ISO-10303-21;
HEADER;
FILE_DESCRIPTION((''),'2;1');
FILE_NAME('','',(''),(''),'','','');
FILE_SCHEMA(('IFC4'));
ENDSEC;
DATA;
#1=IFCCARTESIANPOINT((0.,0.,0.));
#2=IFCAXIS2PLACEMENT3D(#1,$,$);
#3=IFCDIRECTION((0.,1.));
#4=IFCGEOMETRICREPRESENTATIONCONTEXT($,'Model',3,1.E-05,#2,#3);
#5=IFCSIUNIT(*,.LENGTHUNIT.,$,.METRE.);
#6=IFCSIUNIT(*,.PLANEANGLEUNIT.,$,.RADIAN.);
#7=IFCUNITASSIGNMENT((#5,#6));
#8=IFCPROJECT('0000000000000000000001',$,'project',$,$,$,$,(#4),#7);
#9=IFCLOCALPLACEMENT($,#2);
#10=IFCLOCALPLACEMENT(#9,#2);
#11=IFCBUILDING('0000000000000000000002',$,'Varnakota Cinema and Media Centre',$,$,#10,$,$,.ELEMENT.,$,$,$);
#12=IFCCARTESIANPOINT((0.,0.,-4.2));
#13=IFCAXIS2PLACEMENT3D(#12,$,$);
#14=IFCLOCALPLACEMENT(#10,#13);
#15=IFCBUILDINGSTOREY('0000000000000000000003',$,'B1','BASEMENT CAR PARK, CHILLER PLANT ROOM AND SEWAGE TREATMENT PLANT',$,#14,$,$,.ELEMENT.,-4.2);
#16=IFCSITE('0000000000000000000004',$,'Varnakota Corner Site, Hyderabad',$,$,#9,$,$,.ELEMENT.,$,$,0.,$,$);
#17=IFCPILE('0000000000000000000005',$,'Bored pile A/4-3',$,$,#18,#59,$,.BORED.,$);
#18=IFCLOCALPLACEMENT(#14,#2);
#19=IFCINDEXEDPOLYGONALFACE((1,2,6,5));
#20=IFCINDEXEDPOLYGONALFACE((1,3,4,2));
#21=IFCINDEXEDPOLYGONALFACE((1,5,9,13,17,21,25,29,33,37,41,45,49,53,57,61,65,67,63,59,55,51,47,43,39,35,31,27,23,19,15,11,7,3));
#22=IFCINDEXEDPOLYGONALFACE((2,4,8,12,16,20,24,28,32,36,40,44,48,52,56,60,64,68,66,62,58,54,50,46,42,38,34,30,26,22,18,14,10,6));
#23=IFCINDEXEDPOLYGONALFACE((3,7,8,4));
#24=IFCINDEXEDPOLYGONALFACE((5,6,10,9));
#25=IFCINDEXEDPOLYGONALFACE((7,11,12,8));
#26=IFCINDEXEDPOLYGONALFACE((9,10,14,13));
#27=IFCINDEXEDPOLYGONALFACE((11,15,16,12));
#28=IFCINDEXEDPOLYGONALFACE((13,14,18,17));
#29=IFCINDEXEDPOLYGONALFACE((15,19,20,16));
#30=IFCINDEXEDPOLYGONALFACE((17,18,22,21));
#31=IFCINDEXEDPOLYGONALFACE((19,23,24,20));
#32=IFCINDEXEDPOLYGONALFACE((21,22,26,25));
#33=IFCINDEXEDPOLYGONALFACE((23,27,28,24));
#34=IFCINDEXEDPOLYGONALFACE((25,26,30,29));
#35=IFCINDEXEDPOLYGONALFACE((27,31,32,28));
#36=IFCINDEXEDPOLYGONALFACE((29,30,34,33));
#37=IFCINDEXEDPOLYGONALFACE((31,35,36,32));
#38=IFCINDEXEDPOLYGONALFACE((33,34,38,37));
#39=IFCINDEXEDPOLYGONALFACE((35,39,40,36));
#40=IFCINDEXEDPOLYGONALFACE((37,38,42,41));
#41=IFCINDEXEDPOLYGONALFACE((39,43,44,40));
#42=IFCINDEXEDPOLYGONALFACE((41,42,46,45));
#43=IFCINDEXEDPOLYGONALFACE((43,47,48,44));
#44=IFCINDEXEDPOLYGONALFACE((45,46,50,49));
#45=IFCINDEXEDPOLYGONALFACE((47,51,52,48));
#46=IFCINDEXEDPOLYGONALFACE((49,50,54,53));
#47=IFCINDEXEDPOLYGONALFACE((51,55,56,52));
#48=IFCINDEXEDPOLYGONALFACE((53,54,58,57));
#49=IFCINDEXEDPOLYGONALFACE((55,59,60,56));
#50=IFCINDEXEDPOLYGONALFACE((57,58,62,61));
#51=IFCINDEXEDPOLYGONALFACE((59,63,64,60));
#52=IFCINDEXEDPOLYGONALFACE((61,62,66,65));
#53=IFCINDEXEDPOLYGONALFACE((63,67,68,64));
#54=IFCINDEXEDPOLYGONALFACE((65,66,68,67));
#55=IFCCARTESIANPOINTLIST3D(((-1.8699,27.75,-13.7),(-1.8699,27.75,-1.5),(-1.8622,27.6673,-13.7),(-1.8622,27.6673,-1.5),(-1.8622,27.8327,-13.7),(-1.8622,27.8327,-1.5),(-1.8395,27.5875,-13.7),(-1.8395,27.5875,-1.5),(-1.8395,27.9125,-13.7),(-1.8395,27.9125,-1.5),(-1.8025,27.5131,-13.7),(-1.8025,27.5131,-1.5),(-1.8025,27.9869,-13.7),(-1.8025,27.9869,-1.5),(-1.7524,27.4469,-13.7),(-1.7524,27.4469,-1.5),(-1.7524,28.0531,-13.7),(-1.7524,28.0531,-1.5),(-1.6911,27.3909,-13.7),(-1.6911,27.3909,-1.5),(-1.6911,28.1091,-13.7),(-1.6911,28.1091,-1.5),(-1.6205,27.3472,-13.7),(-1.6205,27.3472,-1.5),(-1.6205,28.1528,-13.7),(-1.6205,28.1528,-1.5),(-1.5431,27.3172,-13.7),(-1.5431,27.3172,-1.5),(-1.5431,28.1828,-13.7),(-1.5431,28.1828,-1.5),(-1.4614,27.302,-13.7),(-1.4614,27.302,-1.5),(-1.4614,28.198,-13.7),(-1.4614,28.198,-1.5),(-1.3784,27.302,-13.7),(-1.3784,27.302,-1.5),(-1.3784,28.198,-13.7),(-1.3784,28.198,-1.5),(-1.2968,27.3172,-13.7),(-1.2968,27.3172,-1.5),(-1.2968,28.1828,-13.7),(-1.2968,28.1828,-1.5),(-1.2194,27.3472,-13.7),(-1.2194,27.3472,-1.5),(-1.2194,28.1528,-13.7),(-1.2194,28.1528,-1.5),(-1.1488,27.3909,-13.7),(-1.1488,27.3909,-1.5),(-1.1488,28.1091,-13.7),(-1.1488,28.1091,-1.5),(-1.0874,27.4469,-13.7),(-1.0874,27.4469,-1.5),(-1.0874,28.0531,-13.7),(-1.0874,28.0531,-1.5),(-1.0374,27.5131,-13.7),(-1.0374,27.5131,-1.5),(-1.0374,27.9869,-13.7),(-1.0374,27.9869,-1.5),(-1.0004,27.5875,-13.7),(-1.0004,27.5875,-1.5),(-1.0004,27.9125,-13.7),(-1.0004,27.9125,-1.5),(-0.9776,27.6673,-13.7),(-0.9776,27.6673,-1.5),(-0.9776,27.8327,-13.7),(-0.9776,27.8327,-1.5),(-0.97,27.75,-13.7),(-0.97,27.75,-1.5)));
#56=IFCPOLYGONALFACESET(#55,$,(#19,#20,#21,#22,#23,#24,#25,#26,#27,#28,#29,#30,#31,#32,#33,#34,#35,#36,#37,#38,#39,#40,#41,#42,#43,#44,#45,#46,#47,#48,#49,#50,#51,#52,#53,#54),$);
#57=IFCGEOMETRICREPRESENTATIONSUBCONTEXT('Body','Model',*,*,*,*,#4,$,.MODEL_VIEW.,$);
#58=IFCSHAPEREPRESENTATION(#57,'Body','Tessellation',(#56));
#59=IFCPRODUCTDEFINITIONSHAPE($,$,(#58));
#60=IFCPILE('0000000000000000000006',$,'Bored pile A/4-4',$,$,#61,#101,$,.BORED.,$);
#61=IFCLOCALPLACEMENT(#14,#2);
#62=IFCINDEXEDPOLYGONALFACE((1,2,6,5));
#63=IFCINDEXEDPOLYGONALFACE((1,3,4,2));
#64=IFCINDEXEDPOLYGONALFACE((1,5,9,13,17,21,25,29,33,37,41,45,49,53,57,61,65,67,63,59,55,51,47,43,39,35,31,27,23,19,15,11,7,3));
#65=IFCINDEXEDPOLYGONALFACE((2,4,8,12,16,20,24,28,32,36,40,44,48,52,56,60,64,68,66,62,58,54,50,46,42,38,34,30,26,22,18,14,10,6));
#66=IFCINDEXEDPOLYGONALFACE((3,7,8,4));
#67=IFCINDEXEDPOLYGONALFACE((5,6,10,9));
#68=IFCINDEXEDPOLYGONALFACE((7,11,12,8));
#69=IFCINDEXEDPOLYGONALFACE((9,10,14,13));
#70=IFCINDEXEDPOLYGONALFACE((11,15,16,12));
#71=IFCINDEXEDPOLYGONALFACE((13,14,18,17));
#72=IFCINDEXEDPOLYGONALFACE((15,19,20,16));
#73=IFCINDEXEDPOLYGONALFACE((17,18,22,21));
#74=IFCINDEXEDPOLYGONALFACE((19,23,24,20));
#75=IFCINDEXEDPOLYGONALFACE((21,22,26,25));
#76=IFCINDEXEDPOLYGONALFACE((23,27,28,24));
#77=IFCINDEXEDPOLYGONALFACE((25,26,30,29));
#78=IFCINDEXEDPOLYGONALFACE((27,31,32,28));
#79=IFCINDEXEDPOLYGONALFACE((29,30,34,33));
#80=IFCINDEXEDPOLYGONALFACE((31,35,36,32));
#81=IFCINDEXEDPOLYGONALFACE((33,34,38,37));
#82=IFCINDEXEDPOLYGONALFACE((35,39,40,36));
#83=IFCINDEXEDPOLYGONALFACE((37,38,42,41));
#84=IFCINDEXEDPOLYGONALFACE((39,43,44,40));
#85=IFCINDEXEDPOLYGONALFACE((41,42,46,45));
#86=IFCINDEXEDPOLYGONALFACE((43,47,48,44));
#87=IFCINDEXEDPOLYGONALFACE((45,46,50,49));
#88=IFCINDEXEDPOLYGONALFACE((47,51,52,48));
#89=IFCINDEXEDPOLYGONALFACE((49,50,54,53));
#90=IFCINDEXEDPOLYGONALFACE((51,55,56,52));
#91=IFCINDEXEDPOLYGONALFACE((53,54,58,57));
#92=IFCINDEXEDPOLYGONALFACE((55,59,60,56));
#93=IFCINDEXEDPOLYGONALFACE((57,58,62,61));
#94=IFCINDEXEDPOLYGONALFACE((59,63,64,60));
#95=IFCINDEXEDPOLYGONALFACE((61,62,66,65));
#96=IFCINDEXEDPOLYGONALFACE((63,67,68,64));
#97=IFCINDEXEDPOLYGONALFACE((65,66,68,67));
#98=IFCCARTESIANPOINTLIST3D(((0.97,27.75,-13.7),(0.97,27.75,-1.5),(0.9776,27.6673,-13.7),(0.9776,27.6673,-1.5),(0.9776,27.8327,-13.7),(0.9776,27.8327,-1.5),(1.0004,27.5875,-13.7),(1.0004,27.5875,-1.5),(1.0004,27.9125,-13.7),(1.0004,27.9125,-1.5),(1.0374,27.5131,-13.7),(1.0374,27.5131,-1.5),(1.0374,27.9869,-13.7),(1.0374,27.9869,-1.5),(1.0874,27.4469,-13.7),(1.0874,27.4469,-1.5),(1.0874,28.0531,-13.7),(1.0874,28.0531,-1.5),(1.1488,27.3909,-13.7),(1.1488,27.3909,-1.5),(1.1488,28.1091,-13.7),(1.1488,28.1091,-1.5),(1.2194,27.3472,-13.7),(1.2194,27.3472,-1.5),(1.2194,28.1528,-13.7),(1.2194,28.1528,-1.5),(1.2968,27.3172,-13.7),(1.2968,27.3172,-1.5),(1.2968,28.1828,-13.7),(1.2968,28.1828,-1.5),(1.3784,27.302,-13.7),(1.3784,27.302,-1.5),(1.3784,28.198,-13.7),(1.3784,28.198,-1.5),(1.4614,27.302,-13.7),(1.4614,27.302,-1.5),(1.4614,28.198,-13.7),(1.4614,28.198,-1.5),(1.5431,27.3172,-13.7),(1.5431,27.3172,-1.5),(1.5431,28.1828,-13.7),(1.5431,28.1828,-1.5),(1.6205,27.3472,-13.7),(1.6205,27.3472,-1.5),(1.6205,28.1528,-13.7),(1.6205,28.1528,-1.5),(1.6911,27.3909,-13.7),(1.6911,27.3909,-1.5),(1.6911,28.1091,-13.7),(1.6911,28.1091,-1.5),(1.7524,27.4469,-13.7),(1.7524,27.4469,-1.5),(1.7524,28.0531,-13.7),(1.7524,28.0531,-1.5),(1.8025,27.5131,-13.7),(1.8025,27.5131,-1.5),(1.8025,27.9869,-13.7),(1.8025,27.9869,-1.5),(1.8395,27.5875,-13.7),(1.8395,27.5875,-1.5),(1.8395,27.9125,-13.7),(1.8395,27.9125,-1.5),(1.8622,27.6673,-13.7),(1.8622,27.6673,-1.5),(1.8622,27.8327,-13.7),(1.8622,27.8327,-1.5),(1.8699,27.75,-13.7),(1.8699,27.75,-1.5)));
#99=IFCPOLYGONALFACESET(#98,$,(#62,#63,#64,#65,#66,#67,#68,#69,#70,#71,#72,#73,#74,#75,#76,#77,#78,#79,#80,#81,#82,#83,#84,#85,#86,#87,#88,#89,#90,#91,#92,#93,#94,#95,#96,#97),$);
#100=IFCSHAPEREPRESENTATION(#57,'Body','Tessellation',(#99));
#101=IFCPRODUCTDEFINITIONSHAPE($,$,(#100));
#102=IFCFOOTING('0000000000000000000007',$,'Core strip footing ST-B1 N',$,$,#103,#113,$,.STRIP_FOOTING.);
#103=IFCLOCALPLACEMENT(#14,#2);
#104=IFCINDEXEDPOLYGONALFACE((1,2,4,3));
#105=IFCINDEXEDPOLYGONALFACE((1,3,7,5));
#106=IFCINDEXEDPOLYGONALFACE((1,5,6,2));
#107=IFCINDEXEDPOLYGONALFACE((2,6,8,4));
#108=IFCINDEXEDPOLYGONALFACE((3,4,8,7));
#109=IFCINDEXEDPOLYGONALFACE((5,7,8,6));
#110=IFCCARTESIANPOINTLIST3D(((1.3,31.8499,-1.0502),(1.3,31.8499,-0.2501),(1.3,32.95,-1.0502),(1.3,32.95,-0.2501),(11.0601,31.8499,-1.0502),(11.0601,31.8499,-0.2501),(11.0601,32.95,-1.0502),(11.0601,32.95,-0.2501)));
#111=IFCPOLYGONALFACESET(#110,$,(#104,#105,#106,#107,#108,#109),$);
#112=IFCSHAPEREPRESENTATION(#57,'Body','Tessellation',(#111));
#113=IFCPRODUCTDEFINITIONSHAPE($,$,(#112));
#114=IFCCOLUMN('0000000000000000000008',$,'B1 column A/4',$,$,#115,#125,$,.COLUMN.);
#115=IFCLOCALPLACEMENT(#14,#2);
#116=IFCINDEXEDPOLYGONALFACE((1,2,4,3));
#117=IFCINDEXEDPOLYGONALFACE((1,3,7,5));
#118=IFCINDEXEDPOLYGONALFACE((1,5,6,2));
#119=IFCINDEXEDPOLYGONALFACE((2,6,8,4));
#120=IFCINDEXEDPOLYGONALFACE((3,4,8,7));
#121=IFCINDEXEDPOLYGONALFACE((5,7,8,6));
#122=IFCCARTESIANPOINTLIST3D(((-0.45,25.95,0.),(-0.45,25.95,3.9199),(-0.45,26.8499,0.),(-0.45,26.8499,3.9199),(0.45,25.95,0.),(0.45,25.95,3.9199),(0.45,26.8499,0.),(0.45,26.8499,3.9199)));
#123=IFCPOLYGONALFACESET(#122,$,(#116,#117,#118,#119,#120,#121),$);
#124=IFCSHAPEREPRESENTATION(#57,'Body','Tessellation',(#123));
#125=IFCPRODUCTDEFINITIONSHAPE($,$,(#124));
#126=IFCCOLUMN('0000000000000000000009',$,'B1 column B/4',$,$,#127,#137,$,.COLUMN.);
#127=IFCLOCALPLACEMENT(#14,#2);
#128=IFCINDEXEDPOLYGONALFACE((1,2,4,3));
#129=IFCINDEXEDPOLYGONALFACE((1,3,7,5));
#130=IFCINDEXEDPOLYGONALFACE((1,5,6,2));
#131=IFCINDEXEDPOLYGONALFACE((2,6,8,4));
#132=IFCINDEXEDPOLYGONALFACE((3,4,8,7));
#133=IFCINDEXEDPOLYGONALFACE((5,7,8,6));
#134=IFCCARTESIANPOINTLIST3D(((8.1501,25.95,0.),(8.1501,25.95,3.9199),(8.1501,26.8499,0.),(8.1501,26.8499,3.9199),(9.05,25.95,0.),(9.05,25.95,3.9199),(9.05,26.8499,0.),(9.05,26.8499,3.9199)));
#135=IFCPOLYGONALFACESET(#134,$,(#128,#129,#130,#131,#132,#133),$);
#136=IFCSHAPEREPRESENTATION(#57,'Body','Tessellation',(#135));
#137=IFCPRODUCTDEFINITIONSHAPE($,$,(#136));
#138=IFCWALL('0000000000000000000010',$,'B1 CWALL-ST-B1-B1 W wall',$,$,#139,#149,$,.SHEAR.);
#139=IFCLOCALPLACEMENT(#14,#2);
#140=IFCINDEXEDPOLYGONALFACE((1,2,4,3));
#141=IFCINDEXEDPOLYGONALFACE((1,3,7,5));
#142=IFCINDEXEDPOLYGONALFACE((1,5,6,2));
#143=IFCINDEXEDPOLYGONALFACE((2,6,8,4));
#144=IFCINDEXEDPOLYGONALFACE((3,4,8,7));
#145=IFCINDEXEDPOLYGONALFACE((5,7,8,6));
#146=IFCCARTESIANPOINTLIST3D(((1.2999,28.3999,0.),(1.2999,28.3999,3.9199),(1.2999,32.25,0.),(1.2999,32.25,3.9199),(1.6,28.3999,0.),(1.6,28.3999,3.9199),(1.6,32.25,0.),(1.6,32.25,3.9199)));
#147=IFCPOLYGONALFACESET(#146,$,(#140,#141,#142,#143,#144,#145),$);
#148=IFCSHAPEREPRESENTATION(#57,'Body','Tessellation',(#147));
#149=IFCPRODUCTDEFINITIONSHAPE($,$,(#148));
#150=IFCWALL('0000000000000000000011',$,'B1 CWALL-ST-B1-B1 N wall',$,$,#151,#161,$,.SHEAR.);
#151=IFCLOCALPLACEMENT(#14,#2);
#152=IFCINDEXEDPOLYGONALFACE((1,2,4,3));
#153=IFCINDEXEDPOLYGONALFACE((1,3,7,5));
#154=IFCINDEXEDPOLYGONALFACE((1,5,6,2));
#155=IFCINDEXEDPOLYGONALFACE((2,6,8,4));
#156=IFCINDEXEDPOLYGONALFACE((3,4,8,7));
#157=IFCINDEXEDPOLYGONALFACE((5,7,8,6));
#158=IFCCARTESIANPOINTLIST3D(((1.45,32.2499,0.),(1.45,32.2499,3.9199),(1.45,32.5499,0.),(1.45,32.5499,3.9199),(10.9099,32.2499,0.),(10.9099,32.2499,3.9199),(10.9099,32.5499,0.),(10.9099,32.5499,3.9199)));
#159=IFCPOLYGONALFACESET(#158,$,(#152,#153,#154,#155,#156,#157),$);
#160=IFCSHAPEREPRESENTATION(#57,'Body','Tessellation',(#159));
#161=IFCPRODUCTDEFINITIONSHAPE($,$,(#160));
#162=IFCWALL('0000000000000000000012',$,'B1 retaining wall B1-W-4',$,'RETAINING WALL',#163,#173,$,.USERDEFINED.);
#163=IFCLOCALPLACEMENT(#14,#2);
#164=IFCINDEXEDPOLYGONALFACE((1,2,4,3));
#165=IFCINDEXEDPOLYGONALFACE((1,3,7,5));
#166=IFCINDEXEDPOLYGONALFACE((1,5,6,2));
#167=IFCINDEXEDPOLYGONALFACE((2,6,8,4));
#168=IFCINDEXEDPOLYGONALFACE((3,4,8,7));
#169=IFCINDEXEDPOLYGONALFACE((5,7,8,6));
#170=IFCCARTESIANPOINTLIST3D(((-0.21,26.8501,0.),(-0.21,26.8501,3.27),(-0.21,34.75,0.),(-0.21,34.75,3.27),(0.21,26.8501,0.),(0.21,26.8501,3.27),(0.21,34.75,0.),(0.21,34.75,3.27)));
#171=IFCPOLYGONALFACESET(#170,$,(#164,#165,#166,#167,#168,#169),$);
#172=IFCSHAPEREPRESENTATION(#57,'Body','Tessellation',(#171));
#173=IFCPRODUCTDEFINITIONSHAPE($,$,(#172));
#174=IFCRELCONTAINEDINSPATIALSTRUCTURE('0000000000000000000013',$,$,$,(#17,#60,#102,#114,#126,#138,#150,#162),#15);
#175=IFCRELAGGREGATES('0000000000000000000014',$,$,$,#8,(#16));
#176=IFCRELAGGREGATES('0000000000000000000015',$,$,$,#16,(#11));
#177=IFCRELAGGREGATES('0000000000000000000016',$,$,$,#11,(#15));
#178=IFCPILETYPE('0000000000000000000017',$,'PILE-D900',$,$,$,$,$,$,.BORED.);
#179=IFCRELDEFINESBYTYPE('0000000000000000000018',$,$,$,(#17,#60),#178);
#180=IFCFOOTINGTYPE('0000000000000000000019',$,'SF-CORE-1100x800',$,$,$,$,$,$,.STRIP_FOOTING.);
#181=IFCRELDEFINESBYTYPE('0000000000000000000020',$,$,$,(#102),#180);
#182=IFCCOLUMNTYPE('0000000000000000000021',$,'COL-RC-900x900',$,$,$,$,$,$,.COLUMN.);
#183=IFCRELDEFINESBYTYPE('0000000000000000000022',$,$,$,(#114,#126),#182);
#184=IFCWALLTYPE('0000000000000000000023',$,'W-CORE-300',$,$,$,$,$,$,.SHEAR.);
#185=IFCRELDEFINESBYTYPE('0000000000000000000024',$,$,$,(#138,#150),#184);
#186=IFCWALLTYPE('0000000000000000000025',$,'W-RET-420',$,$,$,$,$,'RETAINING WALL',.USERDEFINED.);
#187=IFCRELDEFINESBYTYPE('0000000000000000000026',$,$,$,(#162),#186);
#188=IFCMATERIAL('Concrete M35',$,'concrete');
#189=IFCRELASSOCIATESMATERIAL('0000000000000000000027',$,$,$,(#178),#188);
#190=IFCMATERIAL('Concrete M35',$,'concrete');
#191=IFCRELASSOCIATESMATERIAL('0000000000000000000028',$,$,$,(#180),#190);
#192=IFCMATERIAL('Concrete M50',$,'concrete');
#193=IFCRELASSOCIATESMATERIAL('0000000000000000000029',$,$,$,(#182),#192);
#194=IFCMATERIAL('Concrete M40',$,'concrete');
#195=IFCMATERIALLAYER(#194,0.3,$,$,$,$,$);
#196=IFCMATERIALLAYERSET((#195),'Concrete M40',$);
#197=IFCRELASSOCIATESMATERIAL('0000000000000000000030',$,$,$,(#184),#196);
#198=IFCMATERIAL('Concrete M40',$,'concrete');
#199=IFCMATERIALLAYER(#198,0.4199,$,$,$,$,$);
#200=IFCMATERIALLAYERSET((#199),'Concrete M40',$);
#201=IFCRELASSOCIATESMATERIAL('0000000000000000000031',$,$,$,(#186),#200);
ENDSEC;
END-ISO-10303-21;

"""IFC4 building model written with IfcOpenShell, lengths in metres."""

from ifc_helpers import new_model, si_unit, direction, frame, frame_2d, origin, origin_2d, place, context, subcontext, project, spatial, rectangle, circle, extrude, material, layer, layer_set, material_profile, profile_set, type_object, element, save


model = new_model("IFC4")

# Units and contexts
model_context = context("Model", 3, precision=1e-05, world=origin(), true_north=direction((0.0, 1.0)))
body_context = subcontext(model_context, "Body", "Model", "MODEL_VIEW")
ifc_project = project(units=[si_unit("LENGTHUNIT", "METRE"), si_unit("PLANEANGLEUNIT", "RADIAN")], contexts=[model_context])

# Site, building, storey
site_placement = place(None, origin())
site = spatial("IfcSite", under=ifc_project, at=site_placement, Name="Varnakota Corner Site, Hyderabad", CompositionType="ELEMENT", RefElevation=0.0)
building_placement = place(site_placement, origin())
building = spatial("IfcBuilding", under=site, at=building_placement, Name="Varnakota Cinema and Media Centre", CompositionType="ELEMENT")
storey_placement = place(building_placement, frame((0.0, 0.0, -4.2)))
storey = spatial("IfcBuildingStorey", under=building, at=storey_placement, Name="B1", Description="BASEMENT CAR PARK, CHILLER PLANT ROOM AND SEWAGE TREATMENT PLANT", CompositionType="ELEMENT", Elevation=-4.2)

# Piles
ifc_material_1 = material(Name="Concrete M35", Category="concrete")
ifc_material_profile_1 = material_profile(ifc_material_1, circle(Radius=0.45, at=origin_2d()), Name="PILE D900")
ifc_profile_set_1 = profile_set([ifc_material_profile_1], Name="Concrete M35")
pile_type_1 = type_object("IfcPileType", Name="PILE-D900", PredefinedType="BORED", material=ifc_profile_set_1)
for number, where, z_axis, x_axis, name in (
    (1, (-1.4199, 27.75, -1.5), (0.0, 0.0, -1.0), (1.0, 0.0, 0.0), "Bored pile A/4-3"),
    (2, (1.4199, 27.75, -1.5), (0.0, 0.0, -1.0), (1.0, 0.0, 0.0), "Bored pile A/4-4"),
):
    element("IfcPile", number, at=place(storey_placement, frame(where, z_axis=z_axis, x_axis=x_axis)), inside=storey, type_object=pile_type_1, Name=name, PredefinedType="BORED", context=body_context, shape_type="SweptSolid", body=[
        extrude(circle(Radius=0.45, at=origin_2d()), origin(), (0.0, 0.0, 1.0), 12.2),
    ])

# Footing
ifc_material_2 = material(Name="Concrete M35", Category="concrete")
ifc_material_profile_2 = material_profile(ifc_material_2, rectangle(XDim=1.1001, YDim=0.8, at=origin_2d()), Name="SF 1100x800")
ifc_profile_set_2 = profile_set([ifc_material_profile_2], Name="Concrete M35")
footing_type_1 = type_object("IfcFootingType", Name="SF-CORE-1100x800", PredefinedType="STRIP_FOOTING", material=ifc_profile_set_2)
footing_1_placement = place(storey_placement, frame((1.3, 32.3999, -0.6501), z_axis=(1.0, 0.0, 0.0), x_axis=(0.0, 1.0, 0.0)))
element("IfcFooting", 3, at=footing_1_placement, inside=storey, type_object=footing_type_1, Name="Core strip footing ST-B1 N", PredefinedType="STRIP_FOOTING", context=body_context, shape_type="SweptSolid", body=[
    extrude(rectangle(XDim=1.1001, YDim=0.8, at=origin_2d()), origin(), (0.0, 0.0, 1.0), 9.76),
])

# Columns
ifc_material_3 = material(Name="Concrete M50", Category="concrete")
ifc_material_profile_3 = material_profile(ifc_material_3, rectangle(XDim=0.8999, YDim=0.8999, at=origin_2d()), Name="RC 900x900")
ifc_profile_set_3 = profile_set([ifc_material_profile_3], Name="Concrete M50")
column_type = type_object("IfcColumnType", Name="COL-RC-900x900", PredefinedType="COLUMN", material=ifc_profile_set_3)
for number, where, z_axis, x_axis, name in (
    (4, (0.0, 26.3999, 0.0), (0.0, 0.0, 1.0), (1.0, 0.0, 0.0), "B1 column A/4"),
    (5, (8.6001, 26.3999, 0.0), (0.0, 0.0, 1.0), (1.0, 0.0, 0.0), "B1 column B/4"),
):
    element("IfcColumn", number, at=place(storey_placement, frame(where, z_axis=z_axis, x_axis=x_axis)), inside=storey, type_object=column_type, Name=name, PredefinedType="COLUMN", context=body_context, shape_type="SweptSolid", body=[
        extrude(rectangle(XDim=0.8999, YDim=0.8999, at=origin_2d()), origin(), (0.0, 0.0, 1.0), 3.9199),
    ])

# Walls
ifc_material_4 = material(Name="Concrete M40", Category="concrete")
ifc_layer_1 = layer(ifc_material_4, 0.3)
ifc_layer_set_1 = layer_set([ifc_layer_1], Name="Concrete M40")
wall_type_1 = type_object("IfcWallType", Name="W-CORE-300", PredefinedType="SHEAR", material=ifc_layer_set_1)
wall_1_placement = place(storey_placement, frame((1.45, 28.3999, 0.0), z_axis=(0.0, 0.0, 1.0), x_axis=(0.0, 1.0, 0.0)))
element("IfcWall", 6, at=wall_1_placement, inside=storey, type_object=wall_type_1, Name="B1 CWALL-ST-B1-B1 W wall", PredefinedType="SHEAR", context=body_context, shape_type="SweptSolid", body=[
    extrude(rectangle(XDim=3.8501, YDim=0.3, at=frame_2d((1.925, 0.0))), origin(), (0.0, 0.0, 1.0), 3.9199),
])
wall_2_placement = place(storey_placement, frame((1.45, 32.3999, 0.0), z_axis=(0.0, 0.0, 1.0), x_axis=(1.0, 0.0, 0.0)))
element("IfcWall", 7, at=wall_2_placement, inside=storey, type_object=wall_type_1, Name="B1 CWALL-ST-B1-B1 N wall", PredefinedType="SHEAR", context=body_context, shape_type="SweptSolid", body=[
    extrude(rectangle(XDim=9.46, YDim=0.3, at=frame_2d((4.73, 0.0))), origin(), (0.0, 0.0, 1.0), 3.9199),
])
ifc_material_5 = material(Name="Concrete M40", Category="concrete")
ifc_layer_2 = layer(ifc_material_5, 0.4199)
ifc_layer_set_2 = layer_set([ifc_layer_2], Name="Concrete M40")
wall_type_2 = type_object("IfcWallType", Name="W-RET-420", ElementType="RETAINING WALL", PredefinedType="USERDEFINED", material=ifc_layer_set_2)
wall_3_placement = place(storey_placement, frame((0.0, 26.8501, 0.0), z_axis=(0.0, 0.0, 1.0), x_axis=(0.0, 1.0, 0.0)))
element("IfcWall", 8, at=wall_3_placement, inside=storey, type_object=wall_type_2, Name="B1 retaining wall B1-W-4", ObjectType="RETAINING WALL", PredefinedType="USERDEFINED", context=body_context, shape_type="SweptSolid", body=[
    extrude(rectangle(XDim=7.8999, YDim=0.4199, at=frame_2d((3.95, 0.0))), origin(), (0.0, 0.0, 1.0), 3.27),
])

save(model, "model.ifc")
